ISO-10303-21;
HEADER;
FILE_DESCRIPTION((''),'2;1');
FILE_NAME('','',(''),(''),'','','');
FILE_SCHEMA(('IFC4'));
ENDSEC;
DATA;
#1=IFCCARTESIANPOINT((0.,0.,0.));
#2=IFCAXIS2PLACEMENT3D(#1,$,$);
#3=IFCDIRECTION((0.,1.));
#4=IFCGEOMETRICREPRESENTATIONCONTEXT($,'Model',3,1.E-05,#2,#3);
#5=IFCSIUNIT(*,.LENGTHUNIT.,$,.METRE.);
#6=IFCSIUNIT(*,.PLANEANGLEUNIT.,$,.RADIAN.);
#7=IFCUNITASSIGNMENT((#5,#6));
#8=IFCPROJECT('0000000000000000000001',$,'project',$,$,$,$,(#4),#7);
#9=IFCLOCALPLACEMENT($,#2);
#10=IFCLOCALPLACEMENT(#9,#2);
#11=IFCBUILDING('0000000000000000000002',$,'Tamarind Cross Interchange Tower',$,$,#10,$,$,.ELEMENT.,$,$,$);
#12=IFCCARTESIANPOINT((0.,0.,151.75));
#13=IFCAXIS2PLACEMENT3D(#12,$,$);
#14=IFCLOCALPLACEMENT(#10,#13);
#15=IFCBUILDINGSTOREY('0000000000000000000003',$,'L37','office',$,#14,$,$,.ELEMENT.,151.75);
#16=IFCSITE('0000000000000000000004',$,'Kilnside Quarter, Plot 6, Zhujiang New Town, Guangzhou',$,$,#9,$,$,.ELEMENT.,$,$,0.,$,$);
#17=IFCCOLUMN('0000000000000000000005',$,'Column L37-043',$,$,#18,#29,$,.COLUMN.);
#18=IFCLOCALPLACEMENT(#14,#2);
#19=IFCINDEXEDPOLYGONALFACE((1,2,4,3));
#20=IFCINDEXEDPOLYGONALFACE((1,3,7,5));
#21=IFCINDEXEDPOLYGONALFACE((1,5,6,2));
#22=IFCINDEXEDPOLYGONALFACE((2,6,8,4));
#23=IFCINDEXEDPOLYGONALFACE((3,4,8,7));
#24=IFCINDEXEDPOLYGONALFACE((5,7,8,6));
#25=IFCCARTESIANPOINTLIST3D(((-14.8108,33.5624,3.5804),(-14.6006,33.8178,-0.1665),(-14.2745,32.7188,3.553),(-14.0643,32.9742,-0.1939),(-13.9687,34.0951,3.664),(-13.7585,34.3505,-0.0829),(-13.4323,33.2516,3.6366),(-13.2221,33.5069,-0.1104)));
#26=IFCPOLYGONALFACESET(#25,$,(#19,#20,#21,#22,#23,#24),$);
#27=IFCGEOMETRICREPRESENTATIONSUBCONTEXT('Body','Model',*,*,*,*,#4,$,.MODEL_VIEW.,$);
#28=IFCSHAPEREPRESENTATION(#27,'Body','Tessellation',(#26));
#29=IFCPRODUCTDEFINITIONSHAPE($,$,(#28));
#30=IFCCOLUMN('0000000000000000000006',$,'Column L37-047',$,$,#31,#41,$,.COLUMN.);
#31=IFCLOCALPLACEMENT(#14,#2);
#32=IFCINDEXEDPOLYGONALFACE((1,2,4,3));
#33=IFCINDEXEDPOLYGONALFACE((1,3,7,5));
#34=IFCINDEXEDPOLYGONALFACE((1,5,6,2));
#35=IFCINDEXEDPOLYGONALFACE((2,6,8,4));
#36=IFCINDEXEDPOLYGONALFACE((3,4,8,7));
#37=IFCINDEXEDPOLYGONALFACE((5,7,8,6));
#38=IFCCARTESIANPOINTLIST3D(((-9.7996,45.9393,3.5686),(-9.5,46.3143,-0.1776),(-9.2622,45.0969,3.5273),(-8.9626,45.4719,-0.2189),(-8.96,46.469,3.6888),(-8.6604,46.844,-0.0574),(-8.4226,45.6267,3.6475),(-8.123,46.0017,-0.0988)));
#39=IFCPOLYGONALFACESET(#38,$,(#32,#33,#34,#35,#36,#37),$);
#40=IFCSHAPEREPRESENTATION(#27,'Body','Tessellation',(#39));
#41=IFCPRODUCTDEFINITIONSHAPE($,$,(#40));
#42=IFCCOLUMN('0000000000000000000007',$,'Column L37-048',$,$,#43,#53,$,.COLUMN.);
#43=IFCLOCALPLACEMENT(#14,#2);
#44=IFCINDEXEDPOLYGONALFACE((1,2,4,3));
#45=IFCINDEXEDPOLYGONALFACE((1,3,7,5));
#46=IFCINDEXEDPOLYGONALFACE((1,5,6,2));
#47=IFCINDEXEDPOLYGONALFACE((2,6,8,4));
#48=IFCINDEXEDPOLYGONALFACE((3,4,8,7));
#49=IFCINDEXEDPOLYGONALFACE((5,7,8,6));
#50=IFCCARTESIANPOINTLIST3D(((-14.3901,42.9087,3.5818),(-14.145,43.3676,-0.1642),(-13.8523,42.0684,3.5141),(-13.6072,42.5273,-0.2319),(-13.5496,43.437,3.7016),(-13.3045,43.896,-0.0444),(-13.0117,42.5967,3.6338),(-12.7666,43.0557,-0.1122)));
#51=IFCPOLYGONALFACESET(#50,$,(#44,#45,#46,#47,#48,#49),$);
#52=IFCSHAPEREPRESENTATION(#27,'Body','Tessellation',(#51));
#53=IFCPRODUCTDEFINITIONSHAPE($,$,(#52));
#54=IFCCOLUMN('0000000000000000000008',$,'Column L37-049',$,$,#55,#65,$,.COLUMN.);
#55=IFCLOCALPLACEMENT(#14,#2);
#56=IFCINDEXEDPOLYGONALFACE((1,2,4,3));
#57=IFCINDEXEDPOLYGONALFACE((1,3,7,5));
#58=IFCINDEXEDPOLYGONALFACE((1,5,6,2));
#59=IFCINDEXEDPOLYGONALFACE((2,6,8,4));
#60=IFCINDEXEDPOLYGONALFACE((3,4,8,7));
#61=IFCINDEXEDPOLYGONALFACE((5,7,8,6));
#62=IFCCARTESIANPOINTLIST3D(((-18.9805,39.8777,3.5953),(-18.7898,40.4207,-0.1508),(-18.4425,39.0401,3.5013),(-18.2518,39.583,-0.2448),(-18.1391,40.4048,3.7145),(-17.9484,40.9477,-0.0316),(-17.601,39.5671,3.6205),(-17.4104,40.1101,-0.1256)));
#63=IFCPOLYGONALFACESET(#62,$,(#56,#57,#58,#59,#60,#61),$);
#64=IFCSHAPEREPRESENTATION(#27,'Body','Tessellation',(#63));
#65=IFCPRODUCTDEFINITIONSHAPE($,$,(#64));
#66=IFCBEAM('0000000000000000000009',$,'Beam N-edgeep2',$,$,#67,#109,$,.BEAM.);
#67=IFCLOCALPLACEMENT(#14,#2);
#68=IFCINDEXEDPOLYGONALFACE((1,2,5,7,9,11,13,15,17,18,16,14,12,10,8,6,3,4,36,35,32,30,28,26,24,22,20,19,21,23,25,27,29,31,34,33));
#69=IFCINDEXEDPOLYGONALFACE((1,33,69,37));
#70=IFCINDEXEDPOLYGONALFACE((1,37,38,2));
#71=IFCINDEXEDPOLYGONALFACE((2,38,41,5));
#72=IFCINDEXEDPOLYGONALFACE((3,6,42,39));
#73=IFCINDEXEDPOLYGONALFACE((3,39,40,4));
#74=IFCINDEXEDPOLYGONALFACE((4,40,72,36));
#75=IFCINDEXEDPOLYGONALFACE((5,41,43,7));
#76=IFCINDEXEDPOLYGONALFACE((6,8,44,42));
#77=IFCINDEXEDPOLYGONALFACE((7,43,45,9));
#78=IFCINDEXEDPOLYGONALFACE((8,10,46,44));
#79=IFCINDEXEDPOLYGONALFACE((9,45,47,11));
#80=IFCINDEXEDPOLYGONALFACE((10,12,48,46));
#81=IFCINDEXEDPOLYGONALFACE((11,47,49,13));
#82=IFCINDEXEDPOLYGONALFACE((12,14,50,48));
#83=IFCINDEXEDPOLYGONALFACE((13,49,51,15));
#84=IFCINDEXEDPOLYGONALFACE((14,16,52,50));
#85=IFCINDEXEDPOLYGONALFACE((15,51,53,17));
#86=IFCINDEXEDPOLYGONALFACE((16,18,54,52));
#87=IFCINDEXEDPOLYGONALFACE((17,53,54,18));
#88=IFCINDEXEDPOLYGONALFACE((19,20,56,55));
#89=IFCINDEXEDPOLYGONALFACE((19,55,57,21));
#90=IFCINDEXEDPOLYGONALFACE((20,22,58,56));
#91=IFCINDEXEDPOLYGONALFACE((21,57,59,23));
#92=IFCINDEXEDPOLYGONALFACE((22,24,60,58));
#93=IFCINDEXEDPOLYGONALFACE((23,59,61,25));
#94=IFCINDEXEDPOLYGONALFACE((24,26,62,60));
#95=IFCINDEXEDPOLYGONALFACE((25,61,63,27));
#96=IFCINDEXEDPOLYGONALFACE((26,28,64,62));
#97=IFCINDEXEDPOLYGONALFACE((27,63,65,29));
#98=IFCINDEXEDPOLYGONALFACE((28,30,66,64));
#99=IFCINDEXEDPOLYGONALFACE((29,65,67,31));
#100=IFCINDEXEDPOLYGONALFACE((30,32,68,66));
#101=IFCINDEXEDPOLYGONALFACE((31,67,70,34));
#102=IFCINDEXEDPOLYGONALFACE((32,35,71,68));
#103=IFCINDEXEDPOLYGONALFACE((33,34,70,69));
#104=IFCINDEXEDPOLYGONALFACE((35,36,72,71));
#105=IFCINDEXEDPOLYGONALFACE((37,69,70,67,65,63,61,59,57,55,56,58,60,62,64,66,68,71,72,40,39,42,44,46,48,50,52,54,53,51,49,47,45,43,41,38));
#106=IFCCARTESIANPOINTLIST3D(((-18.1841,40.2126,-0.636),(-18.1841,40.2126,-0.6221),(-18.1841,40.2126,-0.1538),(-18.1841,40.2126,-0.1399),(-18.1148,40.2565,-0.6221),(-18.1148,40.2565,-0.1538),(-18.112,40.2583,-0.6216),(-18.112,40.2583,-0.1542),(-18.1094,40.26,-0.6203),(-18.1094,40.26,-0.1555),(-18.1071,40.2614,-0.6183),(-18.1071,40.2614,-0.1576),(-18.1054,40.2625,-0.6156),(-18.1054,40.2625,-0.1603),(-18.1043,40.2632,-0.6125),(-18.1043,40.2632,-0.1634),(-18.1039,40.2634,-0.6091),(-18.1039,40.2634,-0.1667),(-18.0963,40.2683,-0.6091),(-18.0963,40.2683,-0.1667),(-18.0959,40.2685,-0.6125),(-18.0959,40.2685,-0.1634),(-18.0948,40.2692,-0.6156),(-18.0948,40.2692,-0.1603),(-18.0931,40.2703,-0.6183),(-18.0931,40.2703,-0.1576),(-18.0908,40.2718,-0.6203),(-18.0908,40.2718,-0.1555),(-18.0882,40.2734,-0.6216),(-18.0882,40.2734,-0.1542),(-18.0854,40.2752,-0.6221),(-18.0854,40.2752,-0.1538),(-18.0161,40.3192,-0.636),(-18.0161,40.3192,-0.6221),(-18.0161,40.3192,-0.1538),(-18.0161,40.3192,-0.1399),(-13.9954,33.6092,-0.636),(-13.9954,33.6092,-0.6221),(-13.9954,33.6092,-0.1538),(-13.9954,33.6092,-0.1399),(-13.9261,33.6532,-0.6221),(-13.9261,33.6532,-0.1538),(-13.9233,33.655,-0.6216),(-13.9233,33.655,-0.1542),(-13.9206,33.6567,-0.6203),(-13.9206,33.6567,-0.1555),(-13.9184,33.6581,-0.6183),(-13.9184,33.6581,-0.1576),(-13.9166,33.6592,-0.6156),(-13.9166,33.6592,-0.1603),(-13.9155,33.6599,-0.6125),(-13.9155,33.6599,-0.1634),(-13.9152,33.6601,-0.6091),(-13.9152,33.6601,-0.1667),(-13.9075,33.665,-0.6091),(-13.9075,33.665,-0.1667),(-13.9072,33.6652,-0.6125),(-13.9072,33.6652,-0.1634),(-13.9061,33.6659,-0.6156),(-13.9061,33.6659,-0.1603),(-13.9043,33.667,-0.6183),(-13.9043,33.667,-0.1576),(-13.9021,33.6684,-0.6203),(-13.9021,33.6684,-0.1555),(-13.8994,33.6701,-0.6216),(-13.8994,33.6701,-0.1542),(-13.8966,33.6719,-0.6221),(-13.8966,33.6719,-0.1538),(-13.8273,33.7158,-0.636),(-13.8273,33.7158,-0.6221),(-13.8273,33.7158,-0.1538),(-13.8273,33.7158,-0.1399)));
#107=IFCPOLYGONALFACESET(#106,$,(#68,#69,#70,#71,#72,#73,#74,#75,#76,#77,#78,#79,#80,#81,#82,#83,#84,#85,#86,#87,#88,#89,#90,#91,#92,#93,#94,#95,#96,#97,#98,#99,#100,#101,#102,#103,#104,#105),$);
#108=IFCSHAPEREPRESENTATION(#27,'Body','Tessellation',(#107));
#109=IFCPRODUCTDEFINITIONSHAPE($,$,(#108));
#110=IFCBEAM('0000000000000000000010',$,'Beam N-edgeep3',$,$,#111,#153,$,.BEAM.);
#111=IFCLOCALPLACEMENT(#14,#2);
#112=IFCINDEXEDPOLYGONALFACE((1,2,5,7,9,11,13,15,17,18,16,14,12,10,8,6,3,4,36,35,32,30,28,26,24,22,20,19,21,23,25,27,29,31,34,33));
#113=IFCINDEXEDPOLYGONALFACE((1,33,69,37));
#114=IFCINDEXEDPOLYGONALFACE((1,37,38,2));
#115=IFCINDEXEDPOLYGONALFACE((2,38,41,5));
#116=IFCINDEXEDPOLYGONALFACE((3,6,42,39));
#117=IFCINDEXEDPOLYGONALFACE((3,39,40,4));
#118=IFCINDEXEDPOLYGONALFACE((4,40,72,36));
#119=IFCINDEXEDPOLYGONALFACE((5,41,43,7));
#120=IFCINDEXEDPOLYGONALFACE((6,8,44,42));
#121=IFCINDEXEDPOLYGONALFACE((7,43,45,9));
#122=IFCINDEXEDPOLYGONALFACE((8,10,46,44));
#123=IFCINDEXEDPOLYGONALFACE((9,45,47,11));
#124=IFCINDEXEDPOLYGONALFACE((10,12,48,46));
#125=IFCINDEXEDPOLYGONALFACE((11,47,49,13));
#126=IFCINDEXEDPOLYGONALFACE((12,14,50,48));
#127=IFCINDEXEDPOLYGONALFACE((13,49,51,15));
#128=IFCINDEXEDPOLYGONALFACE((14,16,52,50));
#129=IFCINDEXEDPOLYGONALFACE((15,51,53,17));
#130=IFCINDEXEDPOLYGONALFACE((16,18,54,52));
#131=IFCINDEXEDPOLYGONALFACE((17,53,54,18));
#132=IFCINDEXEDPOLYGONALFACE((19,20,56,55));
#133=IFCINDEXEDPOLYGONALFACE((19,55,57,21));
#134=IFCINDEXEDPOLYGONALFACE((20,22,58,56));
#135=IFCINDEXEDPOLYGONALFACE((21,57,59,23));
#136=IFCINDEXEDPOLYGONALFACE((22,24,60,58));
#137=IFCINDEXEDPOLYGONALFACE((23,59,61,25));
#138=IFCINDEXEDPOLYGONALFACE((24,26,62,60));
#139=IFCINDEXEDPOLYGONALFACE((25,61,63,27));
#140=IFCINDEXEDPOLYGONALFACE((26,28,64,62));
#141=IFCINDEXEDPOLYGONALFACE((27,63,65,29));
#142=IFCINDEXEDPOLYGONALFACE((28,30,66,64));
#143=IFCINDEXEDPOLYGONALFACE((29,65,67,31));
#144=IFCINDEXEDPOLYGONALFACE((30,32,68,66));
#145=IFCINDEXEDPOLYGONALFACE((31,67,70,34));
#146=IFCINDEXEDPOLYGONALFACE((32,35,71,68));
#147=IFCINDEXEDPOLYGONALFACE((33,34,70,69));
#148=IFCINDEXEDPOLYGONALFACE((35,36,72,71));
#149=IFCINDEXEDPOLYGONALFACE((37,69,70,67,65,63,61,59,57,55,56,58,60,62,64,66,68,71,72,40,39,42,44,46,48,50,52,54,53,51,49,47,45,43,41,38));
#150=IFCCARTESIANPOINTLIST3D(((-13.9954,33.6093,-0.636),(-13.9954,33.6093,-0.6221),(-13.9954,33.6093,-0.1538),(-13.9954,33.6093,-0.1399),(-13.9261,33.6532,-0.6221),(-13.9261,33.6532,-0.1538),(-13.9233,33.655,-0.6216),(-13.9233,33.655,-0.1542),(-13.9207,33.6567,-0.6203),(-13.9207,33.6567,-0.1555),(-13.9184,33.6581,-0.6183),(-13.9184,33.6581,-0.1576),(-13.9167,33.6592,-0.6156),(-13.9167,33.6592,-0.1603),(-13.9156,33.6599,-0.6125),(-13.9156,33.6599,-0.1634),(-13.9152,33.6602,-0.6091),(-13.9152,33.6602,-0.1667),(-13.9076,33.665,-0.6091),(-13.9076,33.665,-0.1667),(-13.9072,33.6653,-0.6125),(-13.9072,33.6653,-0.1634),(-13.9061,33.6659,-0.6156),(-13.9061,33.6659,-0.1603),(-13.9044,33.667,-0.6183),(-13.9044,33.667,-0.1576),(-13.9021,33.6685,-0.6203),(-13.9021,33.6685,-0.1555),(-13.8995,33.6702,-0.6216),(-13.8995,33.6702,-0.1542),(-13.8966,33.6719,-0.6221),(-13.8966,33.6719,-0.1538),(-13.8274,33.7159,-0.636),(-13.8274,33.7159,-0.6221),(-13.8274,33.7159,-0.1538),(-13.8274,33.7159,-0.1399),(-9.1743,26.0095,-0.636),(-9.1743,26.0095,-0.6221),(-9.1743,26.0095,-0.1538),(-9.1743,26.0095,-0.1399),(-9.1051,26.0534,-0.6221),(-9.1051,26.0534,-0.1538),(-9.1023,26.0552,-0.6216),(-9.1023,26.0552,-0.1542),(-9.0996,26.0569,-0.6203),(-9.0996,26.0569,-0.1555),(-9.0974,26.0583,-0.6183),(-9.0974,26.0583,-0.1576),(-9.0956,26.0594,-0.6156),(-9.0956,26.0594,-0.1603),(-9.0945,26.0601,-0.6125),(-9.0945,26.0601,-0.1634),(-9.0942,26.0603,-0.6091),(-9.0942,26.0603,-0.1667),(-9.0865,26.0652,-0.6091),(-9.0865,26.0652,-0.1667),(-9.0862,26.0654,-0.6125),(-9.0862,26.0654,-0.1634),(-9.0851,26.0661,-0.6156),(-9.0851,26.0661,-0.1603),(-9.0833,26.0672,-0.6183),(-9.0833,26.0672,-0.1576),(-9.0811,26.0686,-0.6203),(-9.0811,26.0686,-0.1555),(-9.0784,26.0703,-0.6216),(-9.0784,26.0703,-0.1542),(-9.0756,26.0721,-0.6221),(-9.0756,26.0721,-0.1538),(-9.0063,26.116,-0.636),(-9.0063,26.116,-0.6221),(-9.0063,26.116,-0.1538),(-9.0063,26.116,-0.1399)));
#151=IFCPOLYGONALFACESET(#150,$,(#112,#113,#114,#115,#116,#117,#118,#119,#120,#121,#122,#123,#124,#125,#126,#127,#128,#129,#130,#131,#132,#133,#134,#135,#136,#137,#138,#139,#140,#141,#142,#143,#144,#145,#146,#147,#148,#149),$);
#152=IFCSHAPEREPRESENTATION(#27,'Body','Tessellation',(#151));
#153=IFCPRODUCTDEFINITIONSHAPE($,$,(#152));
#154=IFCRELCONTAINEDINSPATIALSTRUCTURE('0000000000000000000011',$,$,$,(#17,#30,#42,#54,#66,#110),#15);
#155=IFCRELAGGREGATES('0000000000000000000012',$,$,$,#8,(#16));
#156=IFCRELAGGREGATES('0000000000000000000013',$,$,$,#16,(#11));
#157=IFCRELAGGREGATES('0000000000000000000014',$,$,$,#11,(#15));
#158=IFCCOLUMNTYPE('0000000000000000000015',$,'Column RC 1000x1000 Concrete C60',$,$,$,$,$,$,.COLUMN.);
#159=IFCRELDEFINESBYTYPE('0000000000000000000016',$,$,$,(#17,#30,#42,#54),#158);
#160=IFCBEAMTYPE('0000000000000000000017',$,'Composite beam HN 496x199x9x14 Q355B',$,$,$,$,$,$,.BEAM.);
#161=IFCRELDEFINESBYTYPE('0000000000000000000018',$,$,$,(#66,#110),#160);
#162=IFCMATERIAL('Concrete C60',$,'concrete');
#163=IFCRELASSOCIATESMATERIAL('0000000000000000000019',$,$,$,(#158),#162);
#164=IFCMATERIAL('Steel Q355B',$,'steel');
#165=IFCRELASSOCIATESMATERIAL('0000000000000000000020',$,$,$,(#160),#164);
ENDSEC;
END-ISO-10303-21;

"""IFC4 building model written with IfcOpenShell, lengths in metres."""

from ifc_helpers import new_model, si_unit, direction, frame, origin, origin_2d, place, context, subcontext, project, spatial, rectangle, i_section, extrude, material, material_profile, profile_set, type_object, element, save


model = new_model("IFC4")

# Units and contexts
model_context = context("Model", 3, precision=1e-05, world=origin(), true_north=direction((0.0, 1.0)))
body_context = subcontext(model_context, "Body", "Model", "MODEL_VIEW")
ifc_project = project(units=[si_unit("LENGTHUNIT", "METRE"), si_unit("PLANEANGLEUNIT", "RADIAN")], contexts=[model_context])

# Site, building, storey
site_placement = place(None, origin())
site = spatial("IfcSite", under=ifc_project, at=site_placement, Name="Kilnside Quarter, Plot 6, Zhujiang New Town, Guangzhou", CompositionType="ELEMENT", RefElevation=0.0)
building_placement = place(site_placement, origin())
building = spatial("IfcBuilding", under=site, at=building_placement, Name="Tamarind Cross Interchange Tower", CompositionType="ELEMENT")
storey_placement = place(building_placement, frame((0.0, 0.0, 151.75)))
storey = spatial("IfcBuildingStorey", under=building, at=storey_placement, Name="L37", Description="office", CompositionType="ELEMENT", Elevation=151.75)

# Columns
ifc_material_1 = material(Name="Concrete C60", Category="concrete")
ifc_material_profile_1 = material_profile(ifc_material_1, rectangle(XDim=1.0, YDim=1.0, at=origin_2d()), Name="RC 1000x1000")
ifc_profile_set_1 = profile_set([ifc_material_profile_1], Name="Concrete C60")
column_type = type_object("IfcColumnType", Name="Column RC 1000x1000 Concrete C60", PredefinedType="COLUMN", material=ifc_profile_set_1)
column_1_placement = place(storey_placement, frame((-13.9114, 33.6624, -0.1384), z_axis=(-0.055885, -0.067893, 0.996126), x_axis=(0.842156, 0.532722, 0.083555)))
element("IfcColumn", 1, at=column_1_placement, inside=storey, type_object=column_type, Name="Column L37-043", PredefinedType="COLUMN", context=body_context, shape_type="SweptSolid", body=[
    extrude(rectangle(XDim=1.0, YDim=1.0, at=origin_2d()), origin(), (0.0, 0.0, 1.0), 3.7615),
])
column_2_placement = place(storey_placement, frame((-8.8115, 46.158, -0.1382), z_axis=(-0.079313, -0.099286, 0.991893), x_axis=(0.839603, 0.529743, 0.120162)))
element("IfcColumn", 2, at=column_2_placement, inside=storey, type_object=column_type, Name="Column L37-047", PredefinedType="COLUMN", context=body_context, shape_type="SweptSolid", body=[
    extrude(rectangle(XDim=1.0, YDim=1.0, at=origin_2d()), origin(), (0.0, 0.0, 1.0), 3.7769),
])
column_3_placement = place(storey_placement, frame((-13.4558, 43.2117, -0.1382), z_axis=(-0.064811, -0.121358, 0.990491), x_axis=(0.840541, 0.528351, 0.119734)))
element("IfcColumn", 3, at=column_3_placement, inside=storey, type_object=column_type, Name="Column L37-048", PredefinedType="COLUMN", context=body_context, shape_type="SweptSolid", body=[
    extrude(rectangle(XDim=1.0, YDim=1.0, at=origin_2d()), origin(), (0.0, 0.0, 1.0), 3.782),
])
column_4_placement = place(storey_placement, frame((-18.1001, 40.2654, -0.1382), z_axis=(-0.050309, -0.143262, 0.988405), x_axis=(0.841435, 0.527043, 0.119219)))
element("IfcColumn", 4, at=column_4_placement, inside=storey, type_object=column_type, Name="Column L37-049", PredefinedType="COLUMN", context=body_context, shape_type="SweptSolid", body=[
    extrude(rectangle(XDim=1.0, YDim=1.0, at=origin_2d()), origin(), (0.0, 0.0, 1.0), 3.79),
])

# Beams
ifc_material_2 = material(Name="Steel Q355B", Category="steel")
ifc_material_profile_2 = material_profile(ifc_material_2, i_section(OverallWidth=0.199, OverallDepth=0.4961, WebThickness=0.009, FlangeThickness=0.0139, FilletRadius=0.0129, at=origin_2d()), Name="HN 496x199x9x14")
ifc_profile_set_2 = profile_set([ifc_material_profile_2], Name="Steel Q355B")
beam_type_1 = type_object("IfcBeamType", Name="Composite beam HN 496x199x9x14 Q355B", PredefinedType="BEAM", material=ifc_profile_set_2)
beam_1_placement = place(storey_placement, frame((-18.1001, 40.2659, -0.3879), z_axis=(0.535659, -0.844435, 0.0), x_axis=(0.844435, 0.535659, 0.0)))
element("IfcBeam", 5, at=beam_1_placement, inside=storey, type_object=beam_type_1, Name="Beam N-edgeep2", PredefinedType="BEAM", context=body_context, shape_type="SweptSolid", body=[
    extrude(i_section(OverallWidth=0.199, OverallDepth=0.4961, WebThickness=0.009, FlangeThickness=0.0139, FilletRadius=0.0129, at=origin_2d()), origin(), (0.0, 0.0, 1.0), 7.8198),
])
beam_2_placement = place(storey_placement, frame((-13.9114, 33.6626, -0.3879), z_axis=(0.535671, -0.844427, 0.0), x_axis=(0.844427, 0.535671, 0.0)))
element("IfcBeam", 6, at=beam_2_placement, inside=storey, type_object=beam_type_1, Name="Beam N-edgeep3", PredefinedType="BEAM", context=body_context, shape_type="SweptSolid", body=[
    extrude(i_section(OverallWidth=0.199, OverallDepth=0.4961, WebThickness=0.009, FlangeThickness=0.0139, FilletRadius=0.0129, at=origin_2d()), origin(), (0.0, 0.0, 1.0), 9.0),
])

save(model, "model.ifc")
